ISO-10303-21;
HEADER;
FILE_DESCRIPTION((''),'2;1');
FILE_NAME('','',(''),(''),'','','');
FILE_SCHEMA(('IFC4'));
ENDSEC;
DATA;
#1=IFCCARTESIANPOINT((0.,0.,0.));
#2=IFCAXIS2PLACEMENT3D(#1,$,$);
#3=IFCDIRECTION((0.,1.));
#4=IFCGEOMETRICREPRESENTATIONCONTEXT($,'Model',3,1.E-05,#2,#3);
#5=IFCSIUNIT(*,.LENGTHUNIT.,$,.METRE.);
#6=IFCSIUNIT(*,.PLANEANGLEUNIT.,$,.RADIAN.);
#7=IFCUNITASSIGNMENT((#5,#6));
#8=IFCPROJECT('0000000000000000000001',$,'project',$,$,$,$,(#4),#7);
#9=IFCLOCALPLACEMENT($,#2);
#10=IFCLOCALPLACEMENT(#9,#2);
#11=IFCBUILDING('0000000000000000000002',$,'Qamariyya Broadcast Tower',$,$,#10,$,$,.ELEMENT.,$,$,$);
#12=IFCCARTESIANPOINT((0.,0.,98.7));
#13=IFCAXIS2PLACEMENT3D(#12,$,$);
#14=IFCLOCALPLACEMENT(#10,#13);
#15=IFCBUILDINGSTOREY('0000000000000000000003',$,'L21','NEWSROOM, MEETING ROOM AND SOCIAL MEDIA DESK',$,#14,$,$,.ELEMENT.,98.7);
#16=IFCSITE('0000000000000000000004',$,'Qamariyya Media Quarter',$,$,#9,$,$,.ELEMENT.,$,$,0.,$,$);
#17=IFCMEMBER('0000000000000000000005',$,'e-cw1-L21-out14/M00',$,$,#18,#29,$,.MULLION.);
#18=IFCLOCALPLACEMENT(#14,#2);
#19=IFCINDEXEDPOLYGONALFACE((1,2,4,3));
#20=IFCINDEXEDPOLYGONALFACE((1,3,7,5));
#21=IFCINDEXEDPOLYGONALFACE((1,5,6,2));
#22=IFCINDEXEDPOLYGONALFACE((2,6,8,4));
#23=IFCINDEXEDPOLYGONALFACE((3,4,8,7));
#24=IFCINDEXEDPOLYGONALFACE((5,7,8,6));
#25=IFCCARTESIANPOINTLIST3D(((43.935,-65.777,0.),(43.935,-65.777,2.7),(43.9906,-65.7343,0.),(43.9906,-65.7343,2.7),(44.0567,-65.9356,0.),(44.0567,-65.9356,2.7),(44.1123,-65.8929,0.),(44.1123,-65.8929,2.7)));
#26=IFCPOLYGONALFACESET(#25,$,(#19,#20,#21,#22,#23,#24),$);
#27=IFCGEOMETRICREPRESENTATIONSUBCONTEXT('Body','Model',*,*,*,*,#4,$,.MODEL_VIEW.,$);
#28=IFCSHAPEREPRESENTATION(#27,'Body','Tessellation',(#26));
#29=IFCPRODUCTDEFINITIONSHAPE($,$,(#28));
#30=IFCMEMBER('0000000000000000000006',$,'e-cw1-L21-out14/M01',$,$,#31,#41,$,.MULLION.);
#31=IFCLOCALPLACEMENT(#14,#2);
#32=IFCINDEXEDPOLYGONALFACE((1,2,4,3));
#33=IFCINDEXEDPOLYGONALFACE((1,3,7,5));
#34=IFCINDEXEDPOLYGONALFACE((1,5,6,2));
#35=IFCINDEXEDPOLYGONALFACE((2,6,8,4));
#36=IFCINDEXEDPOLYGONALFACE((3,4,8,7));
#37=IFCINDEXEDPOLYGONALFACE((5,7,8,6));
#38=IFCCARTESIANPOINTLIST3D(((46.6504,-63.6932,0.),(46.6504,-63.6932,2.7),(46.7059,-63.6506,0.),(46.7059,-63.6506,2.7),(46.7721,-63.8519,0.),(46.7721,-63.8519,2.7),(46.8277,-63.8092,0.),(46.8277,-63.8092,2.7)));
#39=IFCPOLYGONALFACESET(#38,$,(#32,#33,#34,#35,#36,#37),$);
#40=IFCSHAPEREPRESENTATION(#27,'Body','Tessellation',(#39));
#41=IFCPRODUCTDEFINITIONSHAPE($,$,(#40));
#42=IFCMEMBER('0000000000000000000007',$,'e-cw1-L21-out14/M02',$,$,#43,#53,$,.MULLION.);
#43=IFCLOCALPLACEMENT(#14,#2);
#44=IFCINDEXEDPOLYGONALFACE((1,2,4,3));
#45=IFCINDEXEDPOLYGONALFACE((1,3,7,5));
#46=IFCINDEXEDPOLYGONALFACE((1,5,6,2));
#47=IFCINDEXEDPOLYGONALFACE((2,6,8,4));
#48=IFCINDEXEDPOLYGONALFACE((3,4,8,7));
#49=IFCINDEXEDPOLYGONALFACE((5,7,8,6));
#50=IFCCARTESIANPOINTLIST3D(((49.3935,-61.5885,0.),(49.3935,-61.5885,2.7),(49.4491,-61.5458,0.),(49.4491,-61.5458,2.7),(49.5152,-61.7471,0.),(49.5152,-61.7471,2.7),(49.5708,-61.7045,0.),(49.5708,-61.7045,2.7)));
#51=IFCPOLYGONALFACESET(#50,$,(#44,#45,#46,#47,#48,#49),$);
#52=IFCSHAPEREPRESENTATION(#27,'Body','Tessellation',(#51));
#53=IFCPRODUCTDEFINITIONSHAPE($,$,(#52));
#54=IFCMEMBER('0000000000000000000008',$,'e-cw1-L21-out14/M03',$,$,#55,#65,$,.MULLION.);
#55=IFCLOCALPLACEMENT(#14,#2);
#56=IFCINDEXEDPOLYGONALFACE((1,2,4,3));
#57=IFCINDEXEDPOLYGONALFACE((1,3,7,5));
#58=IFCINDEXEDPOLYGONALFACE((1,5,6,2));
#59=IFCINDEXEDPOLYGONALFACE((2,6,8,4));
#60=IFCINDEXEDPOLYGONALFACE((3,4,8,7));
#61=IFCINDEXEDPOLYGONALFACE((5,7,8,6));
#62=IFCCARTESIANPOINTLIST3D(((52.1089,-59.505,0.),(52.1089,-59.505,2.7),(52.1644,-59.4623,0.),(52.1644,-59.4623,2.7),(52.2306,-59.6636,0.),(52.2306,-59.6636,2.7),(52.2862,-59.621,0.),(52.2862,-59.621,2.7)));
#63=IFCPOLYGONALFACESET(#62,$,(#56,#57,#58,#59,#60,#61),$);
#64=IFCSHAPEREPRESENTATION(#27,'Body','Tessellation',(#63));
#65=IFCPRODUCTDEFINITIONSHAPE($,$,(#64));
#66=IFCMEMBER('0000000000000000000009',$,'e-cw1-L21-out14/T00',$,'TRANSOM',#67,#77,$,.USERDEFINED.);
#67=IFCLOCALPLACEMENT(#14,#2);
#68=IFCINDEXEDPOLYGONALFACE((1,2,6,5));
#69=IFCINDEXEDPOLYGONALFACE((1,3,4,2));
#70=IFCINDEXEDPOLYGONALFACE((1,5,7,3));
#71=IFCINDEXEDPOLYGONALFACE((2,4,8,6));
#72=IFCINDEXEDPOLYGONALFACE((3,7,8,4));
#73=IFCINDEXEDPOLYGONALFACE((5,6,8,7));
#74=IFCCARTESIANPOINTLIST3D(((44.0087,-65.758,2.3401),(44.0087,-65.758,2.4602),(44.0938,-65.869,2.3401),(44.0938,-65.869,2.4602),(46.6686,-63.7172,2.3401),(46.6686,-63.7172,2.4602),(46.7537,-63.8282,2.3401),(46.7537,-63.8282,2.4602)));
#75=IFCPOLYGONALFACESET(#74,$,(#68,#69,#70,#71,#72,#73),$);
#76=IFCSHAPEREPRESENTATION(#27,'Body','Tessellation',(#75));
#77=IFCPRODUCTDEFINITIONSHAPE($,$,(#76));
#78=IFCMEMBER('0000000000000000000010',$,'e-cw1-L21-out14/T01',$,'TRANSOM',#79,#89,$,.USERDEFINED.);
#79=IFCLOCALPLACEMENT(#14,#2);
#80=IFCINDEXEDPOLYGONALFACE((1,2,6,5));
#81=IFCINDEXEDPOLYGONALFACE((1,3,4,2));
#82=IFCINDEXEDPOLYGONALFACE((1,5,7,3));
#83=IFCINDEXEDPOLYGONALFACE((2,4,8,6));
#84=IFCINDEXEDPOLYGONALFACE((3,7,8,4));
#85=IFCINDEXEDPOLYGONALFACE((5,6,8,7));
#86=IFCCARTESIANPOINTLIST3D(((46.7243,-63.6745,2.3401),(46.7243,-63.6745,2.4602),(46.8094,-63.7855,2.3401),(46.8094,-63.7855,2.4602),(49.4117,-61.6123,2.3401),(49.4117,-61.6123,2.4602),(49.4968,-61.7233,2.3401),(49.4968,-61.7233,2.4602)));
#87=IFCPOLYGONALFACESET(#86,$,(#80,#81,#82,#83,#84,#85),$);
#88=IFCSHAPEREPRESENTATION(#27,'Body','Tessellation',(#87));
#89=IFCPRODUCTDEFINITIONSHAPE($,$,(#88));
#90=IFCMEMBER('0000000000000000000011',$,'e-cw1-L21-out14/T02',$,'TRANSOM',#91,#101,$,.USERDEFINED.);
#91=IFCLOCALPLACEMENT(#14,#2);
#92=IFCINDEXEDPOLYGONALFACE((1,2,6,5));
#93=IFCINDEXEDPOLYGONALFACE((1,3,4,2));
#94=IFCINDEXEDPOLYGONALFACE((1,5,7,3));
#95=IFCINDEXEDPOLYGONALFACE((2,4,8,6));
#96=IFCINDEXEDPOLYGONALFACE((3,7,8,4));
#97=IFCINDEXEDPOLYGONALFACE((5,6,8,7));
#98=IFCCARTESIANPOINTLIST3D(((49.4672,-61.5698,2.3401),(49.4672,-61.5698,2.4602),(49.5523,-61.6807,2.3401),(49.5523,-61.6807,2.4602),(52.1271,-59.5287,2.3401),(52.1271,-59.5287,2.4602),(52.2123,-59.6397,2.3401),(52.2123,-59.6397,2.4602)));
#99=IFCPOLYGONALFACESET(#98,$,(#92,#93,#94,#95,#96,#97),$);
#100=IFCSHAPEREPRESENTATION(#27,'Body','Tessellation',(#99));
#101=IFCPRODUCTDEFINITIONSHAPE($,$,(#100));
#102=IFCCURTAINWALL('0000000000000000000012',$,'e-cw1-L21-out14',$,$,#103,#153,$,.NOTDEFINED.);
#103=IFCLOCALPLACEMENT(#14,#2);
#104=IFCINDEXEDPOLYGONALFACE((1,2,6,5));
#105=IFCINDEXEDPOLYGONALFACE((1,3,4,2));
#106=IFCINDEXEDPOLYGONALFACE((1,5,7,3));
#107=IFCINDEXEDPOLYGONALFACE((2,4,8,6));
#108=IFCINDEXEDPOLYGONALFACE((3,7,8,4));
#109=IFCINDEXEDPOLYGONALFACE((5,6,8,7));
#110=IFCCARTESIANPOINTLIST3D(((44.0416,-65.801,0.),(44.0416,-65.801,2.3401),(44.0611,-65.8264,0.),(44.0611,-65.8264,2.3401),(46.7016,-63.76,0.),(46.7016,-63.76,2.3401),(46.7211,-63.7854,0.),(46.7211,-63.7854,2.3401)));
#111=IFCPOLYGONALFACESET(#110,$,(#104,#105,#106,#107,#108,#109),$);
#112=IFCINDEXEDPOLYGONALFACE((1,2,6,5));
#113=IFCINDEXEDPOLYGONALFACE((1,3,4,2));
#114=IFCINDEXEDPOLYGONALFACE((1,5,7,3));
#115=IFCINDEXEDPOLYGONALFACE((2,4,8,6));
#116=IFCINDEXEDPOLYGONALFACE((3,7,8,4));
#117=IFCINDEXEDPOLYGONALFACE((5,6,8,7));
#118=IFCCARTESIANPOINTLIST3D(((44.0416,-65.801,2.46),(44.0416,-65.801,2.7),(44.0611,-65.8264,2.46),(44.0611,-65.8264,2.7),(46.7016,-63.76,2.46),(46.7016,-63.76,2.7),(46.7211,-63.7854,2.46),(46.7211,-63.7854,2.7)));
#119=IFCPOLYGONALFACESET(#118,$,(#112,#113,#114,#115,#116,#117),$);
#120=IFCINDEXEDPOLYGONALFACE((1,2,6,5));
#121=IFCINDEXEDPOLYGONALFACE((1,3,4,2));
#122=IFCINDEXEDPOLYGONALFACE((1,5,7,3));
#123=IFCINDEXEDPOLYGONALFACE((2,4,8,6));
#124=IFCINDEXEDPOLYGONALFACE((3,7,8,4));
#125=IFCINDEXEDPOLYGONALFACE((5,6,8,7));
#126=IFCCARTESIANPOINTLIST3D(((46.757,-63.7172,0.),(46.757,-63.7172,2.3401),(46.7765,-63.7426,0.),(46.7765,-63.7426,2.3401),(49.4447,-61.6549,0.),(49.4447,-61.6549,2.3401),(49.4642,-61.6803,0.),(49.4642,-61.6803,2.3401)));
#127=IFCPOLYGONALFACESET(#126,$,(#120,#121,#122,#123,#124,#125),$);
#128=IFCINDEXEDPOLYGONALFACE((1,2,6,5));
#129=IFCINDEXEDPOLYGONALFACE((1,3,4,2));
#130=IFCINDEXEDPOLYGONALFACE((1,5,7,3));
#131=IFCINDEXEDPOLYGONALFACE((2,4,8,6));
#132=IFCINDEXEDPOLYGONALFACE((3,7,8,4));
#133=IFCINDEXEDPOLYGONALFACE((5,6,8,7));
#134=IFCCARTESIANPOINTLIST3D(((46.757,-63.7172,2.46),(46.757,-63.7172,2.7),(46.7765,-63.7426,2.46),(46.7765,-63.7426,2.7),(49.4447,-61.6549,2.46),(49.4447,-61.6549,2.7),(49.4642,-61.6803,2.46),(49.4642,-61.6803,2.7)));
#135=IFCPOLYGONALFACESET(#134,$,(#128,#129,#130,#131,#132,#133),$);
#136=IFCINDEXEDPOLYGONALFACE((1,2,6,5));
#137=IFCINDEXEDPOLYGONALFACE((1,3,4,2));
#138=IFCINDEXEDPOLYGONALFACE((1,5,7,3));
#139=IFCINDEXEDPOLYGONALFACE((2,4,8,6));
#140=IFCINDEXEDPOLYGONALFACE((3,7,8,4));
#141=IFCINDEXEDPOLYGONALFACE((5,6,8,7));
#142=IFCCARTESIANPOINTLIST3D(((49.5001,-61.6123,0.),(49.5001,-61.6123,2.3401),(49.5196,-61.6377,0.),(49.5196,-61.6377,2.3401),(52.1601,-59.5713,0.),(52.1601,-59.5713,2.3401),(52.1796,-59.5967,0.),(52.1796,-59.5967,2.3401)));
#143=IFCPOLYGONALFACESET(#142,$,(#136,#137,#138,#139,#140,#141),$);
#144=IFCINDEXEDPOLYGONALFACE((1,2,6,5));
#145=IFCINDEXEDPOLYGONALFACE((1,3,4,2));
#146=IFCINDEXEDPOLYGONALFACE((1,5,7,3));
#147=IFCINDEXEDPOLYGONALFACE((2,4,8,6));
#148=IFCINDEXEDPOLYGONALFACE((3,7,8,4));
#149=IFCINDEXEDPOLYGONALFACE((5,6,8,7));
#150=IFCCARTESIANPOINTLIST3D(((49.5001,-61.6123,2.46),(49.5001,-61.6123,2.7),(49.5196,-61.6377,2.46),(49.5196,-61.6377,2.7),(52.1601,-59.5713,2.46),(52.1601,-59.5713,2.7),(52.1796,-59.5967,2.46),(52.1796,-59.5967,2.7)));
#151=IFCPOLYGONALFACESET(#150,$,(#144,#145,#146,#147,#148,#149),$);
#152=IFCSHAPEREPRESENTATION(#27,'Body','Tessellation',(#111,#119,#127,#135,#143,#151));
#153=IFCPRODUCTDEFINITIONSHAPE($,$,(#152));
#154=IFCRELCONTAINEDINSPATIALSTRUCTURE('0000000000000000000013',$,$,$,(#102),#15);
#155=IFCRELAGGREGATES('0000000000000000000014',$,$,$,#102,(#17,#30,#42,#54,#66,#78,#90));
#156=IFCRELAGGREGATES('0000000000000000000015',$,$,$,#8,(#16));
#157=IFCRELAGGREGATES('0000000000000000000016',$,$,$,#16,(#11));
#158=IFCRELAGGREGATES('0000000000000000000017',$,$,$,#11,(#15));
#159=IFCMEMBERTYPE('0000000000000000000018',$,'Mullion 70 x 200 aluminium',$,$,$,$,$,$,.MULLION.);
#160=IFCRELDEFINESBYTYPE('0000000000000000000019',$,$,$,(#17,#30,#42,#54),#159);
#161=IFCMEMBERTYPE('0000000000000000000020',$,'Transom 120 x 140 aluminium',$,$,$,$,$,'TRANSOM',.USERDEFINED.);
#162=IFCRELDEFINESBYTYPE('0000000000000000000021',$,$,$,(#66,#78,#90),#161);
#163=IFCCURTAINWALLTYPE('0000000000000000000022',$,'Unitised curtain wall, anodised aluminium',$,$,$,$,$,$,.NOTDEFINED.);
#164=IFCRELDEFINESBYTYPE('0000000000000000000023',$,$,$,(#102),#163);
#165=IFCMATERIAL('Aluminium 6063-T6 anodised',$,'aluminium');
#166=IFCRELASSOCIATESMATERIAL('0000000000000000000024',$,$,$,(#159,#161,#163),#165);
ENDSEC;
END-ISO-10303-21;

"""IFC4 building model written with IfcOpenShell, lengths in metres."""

from ifc_helpers import new_model, si_unit, direction, frame, origin, origin_2d, place, context, subcontext, project, spatial, rectangle, extrude, material, material_profile, profile_set, type_object, element, aggregate, save


model = new_model("IFC4")

# Units and contexts
model_context = context("Model", 3, precision=1e-05, world=origin(), true_north=direction((0.0, 1.0)))
body_context = subcontext(model_context, "Body", "Model", "MODEL_VIEW")
ifc_project = project(units=[si_unit("LENGTHUNIT", "METRE"), si_unit("PLANEANGLEUNIT", "RADIAN")], contexts=[model_context])

# Members
ifc_material = material(Name="Aluminium 6063-T6 anodised", Category="aluminium")
ifc_material_profile_1 = material_profile(ifc_material, rectangle(XDim=0.2, YDim=0.0701, at=origin_2d()))
ifc_profile_set_1 = profile_set([ifc_material_profile_1], Name="Aluminium 6063-T6 anodised")
member_type_1 = type_object("IfcMemberType", Name="Mullion 70 x 200 aluminium", PredefinedType="MULLION", material=ifc_profile_set_1)
site_placement = place(None, origin())
building_placement = place(site_placement, origin())
storey_placement = place(building_placement, frame((0.0, 0.0, 98.7)))
member_1_placement = place(storey_placement, frame((44.0237, -65.835, 0.0), z_axis=(0.0, 0.0, 1.0), x_axis=(-0.608761, 0.793353, 0.0)))
member_1 = element("IfcMember", 1, at=member_1_placement, type_object=member_type_1, Name="e-cw1-L21-out14/M00", PredefinedType="MULLION", context=body_context, shape_type="SweptSolid", body=[
    extrude(rectangle(XDim=0.2, YDim=0.0701, at=origin_2d()), origin(), (0.0, 0.0, 1.0), 2.7),
])
member_2_placement = place(storey_placement, frame((46.739, -63.7512, 0.0), z_axis=(0.0, 0.0, 1.0), x_axis=(-0.608761, 0.793353, 0.0)))
member_2 = element("IfcMember", 2, at=member_2_placement, type_object=member_type_1, Name="e-cw1-L21-out14/M01", PredefinedType="MULLION", context=body_context, shape_type="SweptSolid", body=[
    extrude(rectangle(XDim=0.2, YDim=0.0701, at=origin_2d()), origin(), (0.0, 0.0, 1.0), 2.7),
])
member_3_placement = place(storey_placement, frame((49.4822, -61.6465, 0.0), z_axis=(0.0, 0.0, 1.0), x_axis=(-0.608761, 0.793353, 0.0)))
member_3 = element("IfcMember", 3, at=member_3_placement, type_object=member_type_1, Name="e-cw1-L21-out14/M02", PredefinedType="MULLION", context=body_context, shape_type="SweptSolid", body=[
    extrude(rectangle(XDim=0.2, YDim=0.0701, at=origin_2d()), origin(), (0.0, 0.0, 1.0), 2.7),
])
member_4_placement = place(storey_placement, frame((52.1975, -59.563, 0.0), z_axis=(0.0, 0.0, 1.0), x_axis=(-0.608761, 0.793353, 0.0)))
member_4 = element("IfcMember", 4, at=member_4_placement, type_object=member_type_1, Name="e-cw1-L21-out14/M03", PredefinedType="MULLION", context=body_context, shape_type="SweptSolid", body=[
    extrude(rectangle(XDim=0.2, YDim=0.0701, at=origin_2d()), origin(), (0.0, 0.0, 1.0), 2.7),
])
ifc_material_profile_2 = material_profile(ifc_material, rectangle(XDim=0.1399, YDim=0.1201, at=origin_2d()))
ifc_profile_set_2 = profile_set([ifc_material_profile_2], Name="Aluminium 6063-T6 anodised")
member_type_2 = type_object("IfcMemberType", Name="Transom 120 x 140 aluminium", ElementType="TRANSOM", PredefinedType="USERDEFINED", material=ifc_profile_set_2)
member_5_placement = place(storey_placement, frame((44.0513, -65.8135, 2.4001), z_axis=(0.793389, 0.608714, 0.0), x_axis=(-0.608714, 0.793389, 0.0)))
member_5 = element("IfcMember", 5, at=member_5_placement, type_object=member_type_2, Name="e-cw1-L21-out14/T00", ObjectType="TRANSOM", PredefinedType="USERDEFINED", context=body_context, shape_type="SweptSolid", body=[
    extrude(rectangle(XDim=0.1399, YDim=0.1201, at=origin_2d()), origin(), (0.0, 0.0, 1.0), 3.3525),
])
member_6_placement = place(storey_placement, frame((46.7668, -63.73, 2.4001), z_axis=(0.793344, 0.608773, 0.0), x_axis=(-0.608773, 0.793344, 0.0)))
member_6 = element("IfcMember", 6, at=member_6_placement, type_object=member_type_2, Name="e-cw1-L21-out14/T01", ObjectType="TRANSOM", PredefinedType="USERDEFINED", context=body_context, shape_type="SweptSolid", body=[
    extrude(rectangle(XDim=0.1399, YDim=0.1201, at=origin_2d()), origin(), (0.0, 0.0, 1.0), 3.3875),
])
member_7_placement = place(storey_placement, frame((49.5098, -61.6252, 2.4001), z_axis=(0.793354, 0.60876, 0.0), x_axis=(-0.60876, 0.793354, 0.0)))
member_7 = element("IfcMember", 7, at=member_7_placement, type_object=member_type_2, Name="e-cw1-L21-out14/T02", ObjectType="TRANSOM", PredefinedType="USERDEFINED", context=body_context, shape_type="SweptSolid", body=[
    extrude(rectangle(XDim=0.1399, YDim=0.1201, at=origin_2d()), origin(), (0.0, 0.0, 1.0), 3.3528),
])

# Site, building, storey
site = spatial("IfcSite", under=ifc_project, at=site_placement, Name="Qamariyya Media Quarter", CompositionType="ELEMENT", RefElevation=0.0)
building = spatial("IfcBuilding", under=site, at=building_placement, Name="Qamariyya Broadcast Tower", CompositionType="ELEMENT")
storey = spatial("IfcBuildingStorey", under=building, at=storey_placement, Name="L21", Description="NEWSROOM, MEETING ROOM AND SOCIAL MEDIA DESK", CompositionType="ELEMENT", Elevation=98.7)

# Curtain wall
curtain_wall_type = type_object("IfcCurtainWallType", Name="Unitised curtain wall, anodised aluminium", PredefinedType="NOTDEFINED", material=ifc_material)
curtain_wall_1_placement = place(storey_placement, origin())
curtain_wall_1 = element("IfcCurtainWall", 8, at=curtain_wall_1_placement, inside=storey, type_object=curtain_wall_type, Name="e-cw1-L21-out14", PredefinedType="NOTDEFINED", context=body_context, shape_type="SweptSolid", body=[
    extrude(rectangle(XDim=3.3528, YDim=0.032, at=origin_2d()), frame((45.3813, -64.7932, 0.0), x_axis=(0.793354, 0.608761, 0.0)), (0.0, 0.0, 1.0), 2.3401),
    extrude(rectangle(XDim=3.3528, YDim=0.032, at=origin_2d()), frame((45.3813, -64.7932, 2.46), x_axis=(0.793354, 0.608761, 0.0)), (0.0, 0.0, 1.0), 0.24),
    extrude(rectangle(XDim=3.3877, YDim=0.032, at=origin_2d()), frame((48.1106, -62.6987, 0.0), x_axis=(0.793354, 0.608761, 0.0)), (0.0, 0.0, 1.0), 2.3401),
    extrude(rectangle(XDim=3.3877, YDim=0.032, at=origin_2d()), frame((48.1106, -62.6987, 2.46), x_axis=(0.793354, 0.608761, 0.0)), (0.0, 0.0, 1.0), 0.24),
    extrude(rectangle(XDim=3.3528, YDim=0.032, at=origin_2d()), frame((50.8398, -60.6045, 0.0), x_axis=(0.793354, 0.608761, 0.0)), (0.0, 0.0, 1.0), 2.3401),
    extrude(rectangle(XDim=3.3528, YDim=0.032, at=origin_2d()), frame((50.8398, -60.6045, 2.46), x_axis=(0.793354, 0.608761, 0.0)), (0.0, 0.0, 1.0), 0.24),
])
aggregate(curtain_wall_1, [member_1, member_2, member_3, member_4, member_5, member_6, member_7])

save(model, "model.ifc")
